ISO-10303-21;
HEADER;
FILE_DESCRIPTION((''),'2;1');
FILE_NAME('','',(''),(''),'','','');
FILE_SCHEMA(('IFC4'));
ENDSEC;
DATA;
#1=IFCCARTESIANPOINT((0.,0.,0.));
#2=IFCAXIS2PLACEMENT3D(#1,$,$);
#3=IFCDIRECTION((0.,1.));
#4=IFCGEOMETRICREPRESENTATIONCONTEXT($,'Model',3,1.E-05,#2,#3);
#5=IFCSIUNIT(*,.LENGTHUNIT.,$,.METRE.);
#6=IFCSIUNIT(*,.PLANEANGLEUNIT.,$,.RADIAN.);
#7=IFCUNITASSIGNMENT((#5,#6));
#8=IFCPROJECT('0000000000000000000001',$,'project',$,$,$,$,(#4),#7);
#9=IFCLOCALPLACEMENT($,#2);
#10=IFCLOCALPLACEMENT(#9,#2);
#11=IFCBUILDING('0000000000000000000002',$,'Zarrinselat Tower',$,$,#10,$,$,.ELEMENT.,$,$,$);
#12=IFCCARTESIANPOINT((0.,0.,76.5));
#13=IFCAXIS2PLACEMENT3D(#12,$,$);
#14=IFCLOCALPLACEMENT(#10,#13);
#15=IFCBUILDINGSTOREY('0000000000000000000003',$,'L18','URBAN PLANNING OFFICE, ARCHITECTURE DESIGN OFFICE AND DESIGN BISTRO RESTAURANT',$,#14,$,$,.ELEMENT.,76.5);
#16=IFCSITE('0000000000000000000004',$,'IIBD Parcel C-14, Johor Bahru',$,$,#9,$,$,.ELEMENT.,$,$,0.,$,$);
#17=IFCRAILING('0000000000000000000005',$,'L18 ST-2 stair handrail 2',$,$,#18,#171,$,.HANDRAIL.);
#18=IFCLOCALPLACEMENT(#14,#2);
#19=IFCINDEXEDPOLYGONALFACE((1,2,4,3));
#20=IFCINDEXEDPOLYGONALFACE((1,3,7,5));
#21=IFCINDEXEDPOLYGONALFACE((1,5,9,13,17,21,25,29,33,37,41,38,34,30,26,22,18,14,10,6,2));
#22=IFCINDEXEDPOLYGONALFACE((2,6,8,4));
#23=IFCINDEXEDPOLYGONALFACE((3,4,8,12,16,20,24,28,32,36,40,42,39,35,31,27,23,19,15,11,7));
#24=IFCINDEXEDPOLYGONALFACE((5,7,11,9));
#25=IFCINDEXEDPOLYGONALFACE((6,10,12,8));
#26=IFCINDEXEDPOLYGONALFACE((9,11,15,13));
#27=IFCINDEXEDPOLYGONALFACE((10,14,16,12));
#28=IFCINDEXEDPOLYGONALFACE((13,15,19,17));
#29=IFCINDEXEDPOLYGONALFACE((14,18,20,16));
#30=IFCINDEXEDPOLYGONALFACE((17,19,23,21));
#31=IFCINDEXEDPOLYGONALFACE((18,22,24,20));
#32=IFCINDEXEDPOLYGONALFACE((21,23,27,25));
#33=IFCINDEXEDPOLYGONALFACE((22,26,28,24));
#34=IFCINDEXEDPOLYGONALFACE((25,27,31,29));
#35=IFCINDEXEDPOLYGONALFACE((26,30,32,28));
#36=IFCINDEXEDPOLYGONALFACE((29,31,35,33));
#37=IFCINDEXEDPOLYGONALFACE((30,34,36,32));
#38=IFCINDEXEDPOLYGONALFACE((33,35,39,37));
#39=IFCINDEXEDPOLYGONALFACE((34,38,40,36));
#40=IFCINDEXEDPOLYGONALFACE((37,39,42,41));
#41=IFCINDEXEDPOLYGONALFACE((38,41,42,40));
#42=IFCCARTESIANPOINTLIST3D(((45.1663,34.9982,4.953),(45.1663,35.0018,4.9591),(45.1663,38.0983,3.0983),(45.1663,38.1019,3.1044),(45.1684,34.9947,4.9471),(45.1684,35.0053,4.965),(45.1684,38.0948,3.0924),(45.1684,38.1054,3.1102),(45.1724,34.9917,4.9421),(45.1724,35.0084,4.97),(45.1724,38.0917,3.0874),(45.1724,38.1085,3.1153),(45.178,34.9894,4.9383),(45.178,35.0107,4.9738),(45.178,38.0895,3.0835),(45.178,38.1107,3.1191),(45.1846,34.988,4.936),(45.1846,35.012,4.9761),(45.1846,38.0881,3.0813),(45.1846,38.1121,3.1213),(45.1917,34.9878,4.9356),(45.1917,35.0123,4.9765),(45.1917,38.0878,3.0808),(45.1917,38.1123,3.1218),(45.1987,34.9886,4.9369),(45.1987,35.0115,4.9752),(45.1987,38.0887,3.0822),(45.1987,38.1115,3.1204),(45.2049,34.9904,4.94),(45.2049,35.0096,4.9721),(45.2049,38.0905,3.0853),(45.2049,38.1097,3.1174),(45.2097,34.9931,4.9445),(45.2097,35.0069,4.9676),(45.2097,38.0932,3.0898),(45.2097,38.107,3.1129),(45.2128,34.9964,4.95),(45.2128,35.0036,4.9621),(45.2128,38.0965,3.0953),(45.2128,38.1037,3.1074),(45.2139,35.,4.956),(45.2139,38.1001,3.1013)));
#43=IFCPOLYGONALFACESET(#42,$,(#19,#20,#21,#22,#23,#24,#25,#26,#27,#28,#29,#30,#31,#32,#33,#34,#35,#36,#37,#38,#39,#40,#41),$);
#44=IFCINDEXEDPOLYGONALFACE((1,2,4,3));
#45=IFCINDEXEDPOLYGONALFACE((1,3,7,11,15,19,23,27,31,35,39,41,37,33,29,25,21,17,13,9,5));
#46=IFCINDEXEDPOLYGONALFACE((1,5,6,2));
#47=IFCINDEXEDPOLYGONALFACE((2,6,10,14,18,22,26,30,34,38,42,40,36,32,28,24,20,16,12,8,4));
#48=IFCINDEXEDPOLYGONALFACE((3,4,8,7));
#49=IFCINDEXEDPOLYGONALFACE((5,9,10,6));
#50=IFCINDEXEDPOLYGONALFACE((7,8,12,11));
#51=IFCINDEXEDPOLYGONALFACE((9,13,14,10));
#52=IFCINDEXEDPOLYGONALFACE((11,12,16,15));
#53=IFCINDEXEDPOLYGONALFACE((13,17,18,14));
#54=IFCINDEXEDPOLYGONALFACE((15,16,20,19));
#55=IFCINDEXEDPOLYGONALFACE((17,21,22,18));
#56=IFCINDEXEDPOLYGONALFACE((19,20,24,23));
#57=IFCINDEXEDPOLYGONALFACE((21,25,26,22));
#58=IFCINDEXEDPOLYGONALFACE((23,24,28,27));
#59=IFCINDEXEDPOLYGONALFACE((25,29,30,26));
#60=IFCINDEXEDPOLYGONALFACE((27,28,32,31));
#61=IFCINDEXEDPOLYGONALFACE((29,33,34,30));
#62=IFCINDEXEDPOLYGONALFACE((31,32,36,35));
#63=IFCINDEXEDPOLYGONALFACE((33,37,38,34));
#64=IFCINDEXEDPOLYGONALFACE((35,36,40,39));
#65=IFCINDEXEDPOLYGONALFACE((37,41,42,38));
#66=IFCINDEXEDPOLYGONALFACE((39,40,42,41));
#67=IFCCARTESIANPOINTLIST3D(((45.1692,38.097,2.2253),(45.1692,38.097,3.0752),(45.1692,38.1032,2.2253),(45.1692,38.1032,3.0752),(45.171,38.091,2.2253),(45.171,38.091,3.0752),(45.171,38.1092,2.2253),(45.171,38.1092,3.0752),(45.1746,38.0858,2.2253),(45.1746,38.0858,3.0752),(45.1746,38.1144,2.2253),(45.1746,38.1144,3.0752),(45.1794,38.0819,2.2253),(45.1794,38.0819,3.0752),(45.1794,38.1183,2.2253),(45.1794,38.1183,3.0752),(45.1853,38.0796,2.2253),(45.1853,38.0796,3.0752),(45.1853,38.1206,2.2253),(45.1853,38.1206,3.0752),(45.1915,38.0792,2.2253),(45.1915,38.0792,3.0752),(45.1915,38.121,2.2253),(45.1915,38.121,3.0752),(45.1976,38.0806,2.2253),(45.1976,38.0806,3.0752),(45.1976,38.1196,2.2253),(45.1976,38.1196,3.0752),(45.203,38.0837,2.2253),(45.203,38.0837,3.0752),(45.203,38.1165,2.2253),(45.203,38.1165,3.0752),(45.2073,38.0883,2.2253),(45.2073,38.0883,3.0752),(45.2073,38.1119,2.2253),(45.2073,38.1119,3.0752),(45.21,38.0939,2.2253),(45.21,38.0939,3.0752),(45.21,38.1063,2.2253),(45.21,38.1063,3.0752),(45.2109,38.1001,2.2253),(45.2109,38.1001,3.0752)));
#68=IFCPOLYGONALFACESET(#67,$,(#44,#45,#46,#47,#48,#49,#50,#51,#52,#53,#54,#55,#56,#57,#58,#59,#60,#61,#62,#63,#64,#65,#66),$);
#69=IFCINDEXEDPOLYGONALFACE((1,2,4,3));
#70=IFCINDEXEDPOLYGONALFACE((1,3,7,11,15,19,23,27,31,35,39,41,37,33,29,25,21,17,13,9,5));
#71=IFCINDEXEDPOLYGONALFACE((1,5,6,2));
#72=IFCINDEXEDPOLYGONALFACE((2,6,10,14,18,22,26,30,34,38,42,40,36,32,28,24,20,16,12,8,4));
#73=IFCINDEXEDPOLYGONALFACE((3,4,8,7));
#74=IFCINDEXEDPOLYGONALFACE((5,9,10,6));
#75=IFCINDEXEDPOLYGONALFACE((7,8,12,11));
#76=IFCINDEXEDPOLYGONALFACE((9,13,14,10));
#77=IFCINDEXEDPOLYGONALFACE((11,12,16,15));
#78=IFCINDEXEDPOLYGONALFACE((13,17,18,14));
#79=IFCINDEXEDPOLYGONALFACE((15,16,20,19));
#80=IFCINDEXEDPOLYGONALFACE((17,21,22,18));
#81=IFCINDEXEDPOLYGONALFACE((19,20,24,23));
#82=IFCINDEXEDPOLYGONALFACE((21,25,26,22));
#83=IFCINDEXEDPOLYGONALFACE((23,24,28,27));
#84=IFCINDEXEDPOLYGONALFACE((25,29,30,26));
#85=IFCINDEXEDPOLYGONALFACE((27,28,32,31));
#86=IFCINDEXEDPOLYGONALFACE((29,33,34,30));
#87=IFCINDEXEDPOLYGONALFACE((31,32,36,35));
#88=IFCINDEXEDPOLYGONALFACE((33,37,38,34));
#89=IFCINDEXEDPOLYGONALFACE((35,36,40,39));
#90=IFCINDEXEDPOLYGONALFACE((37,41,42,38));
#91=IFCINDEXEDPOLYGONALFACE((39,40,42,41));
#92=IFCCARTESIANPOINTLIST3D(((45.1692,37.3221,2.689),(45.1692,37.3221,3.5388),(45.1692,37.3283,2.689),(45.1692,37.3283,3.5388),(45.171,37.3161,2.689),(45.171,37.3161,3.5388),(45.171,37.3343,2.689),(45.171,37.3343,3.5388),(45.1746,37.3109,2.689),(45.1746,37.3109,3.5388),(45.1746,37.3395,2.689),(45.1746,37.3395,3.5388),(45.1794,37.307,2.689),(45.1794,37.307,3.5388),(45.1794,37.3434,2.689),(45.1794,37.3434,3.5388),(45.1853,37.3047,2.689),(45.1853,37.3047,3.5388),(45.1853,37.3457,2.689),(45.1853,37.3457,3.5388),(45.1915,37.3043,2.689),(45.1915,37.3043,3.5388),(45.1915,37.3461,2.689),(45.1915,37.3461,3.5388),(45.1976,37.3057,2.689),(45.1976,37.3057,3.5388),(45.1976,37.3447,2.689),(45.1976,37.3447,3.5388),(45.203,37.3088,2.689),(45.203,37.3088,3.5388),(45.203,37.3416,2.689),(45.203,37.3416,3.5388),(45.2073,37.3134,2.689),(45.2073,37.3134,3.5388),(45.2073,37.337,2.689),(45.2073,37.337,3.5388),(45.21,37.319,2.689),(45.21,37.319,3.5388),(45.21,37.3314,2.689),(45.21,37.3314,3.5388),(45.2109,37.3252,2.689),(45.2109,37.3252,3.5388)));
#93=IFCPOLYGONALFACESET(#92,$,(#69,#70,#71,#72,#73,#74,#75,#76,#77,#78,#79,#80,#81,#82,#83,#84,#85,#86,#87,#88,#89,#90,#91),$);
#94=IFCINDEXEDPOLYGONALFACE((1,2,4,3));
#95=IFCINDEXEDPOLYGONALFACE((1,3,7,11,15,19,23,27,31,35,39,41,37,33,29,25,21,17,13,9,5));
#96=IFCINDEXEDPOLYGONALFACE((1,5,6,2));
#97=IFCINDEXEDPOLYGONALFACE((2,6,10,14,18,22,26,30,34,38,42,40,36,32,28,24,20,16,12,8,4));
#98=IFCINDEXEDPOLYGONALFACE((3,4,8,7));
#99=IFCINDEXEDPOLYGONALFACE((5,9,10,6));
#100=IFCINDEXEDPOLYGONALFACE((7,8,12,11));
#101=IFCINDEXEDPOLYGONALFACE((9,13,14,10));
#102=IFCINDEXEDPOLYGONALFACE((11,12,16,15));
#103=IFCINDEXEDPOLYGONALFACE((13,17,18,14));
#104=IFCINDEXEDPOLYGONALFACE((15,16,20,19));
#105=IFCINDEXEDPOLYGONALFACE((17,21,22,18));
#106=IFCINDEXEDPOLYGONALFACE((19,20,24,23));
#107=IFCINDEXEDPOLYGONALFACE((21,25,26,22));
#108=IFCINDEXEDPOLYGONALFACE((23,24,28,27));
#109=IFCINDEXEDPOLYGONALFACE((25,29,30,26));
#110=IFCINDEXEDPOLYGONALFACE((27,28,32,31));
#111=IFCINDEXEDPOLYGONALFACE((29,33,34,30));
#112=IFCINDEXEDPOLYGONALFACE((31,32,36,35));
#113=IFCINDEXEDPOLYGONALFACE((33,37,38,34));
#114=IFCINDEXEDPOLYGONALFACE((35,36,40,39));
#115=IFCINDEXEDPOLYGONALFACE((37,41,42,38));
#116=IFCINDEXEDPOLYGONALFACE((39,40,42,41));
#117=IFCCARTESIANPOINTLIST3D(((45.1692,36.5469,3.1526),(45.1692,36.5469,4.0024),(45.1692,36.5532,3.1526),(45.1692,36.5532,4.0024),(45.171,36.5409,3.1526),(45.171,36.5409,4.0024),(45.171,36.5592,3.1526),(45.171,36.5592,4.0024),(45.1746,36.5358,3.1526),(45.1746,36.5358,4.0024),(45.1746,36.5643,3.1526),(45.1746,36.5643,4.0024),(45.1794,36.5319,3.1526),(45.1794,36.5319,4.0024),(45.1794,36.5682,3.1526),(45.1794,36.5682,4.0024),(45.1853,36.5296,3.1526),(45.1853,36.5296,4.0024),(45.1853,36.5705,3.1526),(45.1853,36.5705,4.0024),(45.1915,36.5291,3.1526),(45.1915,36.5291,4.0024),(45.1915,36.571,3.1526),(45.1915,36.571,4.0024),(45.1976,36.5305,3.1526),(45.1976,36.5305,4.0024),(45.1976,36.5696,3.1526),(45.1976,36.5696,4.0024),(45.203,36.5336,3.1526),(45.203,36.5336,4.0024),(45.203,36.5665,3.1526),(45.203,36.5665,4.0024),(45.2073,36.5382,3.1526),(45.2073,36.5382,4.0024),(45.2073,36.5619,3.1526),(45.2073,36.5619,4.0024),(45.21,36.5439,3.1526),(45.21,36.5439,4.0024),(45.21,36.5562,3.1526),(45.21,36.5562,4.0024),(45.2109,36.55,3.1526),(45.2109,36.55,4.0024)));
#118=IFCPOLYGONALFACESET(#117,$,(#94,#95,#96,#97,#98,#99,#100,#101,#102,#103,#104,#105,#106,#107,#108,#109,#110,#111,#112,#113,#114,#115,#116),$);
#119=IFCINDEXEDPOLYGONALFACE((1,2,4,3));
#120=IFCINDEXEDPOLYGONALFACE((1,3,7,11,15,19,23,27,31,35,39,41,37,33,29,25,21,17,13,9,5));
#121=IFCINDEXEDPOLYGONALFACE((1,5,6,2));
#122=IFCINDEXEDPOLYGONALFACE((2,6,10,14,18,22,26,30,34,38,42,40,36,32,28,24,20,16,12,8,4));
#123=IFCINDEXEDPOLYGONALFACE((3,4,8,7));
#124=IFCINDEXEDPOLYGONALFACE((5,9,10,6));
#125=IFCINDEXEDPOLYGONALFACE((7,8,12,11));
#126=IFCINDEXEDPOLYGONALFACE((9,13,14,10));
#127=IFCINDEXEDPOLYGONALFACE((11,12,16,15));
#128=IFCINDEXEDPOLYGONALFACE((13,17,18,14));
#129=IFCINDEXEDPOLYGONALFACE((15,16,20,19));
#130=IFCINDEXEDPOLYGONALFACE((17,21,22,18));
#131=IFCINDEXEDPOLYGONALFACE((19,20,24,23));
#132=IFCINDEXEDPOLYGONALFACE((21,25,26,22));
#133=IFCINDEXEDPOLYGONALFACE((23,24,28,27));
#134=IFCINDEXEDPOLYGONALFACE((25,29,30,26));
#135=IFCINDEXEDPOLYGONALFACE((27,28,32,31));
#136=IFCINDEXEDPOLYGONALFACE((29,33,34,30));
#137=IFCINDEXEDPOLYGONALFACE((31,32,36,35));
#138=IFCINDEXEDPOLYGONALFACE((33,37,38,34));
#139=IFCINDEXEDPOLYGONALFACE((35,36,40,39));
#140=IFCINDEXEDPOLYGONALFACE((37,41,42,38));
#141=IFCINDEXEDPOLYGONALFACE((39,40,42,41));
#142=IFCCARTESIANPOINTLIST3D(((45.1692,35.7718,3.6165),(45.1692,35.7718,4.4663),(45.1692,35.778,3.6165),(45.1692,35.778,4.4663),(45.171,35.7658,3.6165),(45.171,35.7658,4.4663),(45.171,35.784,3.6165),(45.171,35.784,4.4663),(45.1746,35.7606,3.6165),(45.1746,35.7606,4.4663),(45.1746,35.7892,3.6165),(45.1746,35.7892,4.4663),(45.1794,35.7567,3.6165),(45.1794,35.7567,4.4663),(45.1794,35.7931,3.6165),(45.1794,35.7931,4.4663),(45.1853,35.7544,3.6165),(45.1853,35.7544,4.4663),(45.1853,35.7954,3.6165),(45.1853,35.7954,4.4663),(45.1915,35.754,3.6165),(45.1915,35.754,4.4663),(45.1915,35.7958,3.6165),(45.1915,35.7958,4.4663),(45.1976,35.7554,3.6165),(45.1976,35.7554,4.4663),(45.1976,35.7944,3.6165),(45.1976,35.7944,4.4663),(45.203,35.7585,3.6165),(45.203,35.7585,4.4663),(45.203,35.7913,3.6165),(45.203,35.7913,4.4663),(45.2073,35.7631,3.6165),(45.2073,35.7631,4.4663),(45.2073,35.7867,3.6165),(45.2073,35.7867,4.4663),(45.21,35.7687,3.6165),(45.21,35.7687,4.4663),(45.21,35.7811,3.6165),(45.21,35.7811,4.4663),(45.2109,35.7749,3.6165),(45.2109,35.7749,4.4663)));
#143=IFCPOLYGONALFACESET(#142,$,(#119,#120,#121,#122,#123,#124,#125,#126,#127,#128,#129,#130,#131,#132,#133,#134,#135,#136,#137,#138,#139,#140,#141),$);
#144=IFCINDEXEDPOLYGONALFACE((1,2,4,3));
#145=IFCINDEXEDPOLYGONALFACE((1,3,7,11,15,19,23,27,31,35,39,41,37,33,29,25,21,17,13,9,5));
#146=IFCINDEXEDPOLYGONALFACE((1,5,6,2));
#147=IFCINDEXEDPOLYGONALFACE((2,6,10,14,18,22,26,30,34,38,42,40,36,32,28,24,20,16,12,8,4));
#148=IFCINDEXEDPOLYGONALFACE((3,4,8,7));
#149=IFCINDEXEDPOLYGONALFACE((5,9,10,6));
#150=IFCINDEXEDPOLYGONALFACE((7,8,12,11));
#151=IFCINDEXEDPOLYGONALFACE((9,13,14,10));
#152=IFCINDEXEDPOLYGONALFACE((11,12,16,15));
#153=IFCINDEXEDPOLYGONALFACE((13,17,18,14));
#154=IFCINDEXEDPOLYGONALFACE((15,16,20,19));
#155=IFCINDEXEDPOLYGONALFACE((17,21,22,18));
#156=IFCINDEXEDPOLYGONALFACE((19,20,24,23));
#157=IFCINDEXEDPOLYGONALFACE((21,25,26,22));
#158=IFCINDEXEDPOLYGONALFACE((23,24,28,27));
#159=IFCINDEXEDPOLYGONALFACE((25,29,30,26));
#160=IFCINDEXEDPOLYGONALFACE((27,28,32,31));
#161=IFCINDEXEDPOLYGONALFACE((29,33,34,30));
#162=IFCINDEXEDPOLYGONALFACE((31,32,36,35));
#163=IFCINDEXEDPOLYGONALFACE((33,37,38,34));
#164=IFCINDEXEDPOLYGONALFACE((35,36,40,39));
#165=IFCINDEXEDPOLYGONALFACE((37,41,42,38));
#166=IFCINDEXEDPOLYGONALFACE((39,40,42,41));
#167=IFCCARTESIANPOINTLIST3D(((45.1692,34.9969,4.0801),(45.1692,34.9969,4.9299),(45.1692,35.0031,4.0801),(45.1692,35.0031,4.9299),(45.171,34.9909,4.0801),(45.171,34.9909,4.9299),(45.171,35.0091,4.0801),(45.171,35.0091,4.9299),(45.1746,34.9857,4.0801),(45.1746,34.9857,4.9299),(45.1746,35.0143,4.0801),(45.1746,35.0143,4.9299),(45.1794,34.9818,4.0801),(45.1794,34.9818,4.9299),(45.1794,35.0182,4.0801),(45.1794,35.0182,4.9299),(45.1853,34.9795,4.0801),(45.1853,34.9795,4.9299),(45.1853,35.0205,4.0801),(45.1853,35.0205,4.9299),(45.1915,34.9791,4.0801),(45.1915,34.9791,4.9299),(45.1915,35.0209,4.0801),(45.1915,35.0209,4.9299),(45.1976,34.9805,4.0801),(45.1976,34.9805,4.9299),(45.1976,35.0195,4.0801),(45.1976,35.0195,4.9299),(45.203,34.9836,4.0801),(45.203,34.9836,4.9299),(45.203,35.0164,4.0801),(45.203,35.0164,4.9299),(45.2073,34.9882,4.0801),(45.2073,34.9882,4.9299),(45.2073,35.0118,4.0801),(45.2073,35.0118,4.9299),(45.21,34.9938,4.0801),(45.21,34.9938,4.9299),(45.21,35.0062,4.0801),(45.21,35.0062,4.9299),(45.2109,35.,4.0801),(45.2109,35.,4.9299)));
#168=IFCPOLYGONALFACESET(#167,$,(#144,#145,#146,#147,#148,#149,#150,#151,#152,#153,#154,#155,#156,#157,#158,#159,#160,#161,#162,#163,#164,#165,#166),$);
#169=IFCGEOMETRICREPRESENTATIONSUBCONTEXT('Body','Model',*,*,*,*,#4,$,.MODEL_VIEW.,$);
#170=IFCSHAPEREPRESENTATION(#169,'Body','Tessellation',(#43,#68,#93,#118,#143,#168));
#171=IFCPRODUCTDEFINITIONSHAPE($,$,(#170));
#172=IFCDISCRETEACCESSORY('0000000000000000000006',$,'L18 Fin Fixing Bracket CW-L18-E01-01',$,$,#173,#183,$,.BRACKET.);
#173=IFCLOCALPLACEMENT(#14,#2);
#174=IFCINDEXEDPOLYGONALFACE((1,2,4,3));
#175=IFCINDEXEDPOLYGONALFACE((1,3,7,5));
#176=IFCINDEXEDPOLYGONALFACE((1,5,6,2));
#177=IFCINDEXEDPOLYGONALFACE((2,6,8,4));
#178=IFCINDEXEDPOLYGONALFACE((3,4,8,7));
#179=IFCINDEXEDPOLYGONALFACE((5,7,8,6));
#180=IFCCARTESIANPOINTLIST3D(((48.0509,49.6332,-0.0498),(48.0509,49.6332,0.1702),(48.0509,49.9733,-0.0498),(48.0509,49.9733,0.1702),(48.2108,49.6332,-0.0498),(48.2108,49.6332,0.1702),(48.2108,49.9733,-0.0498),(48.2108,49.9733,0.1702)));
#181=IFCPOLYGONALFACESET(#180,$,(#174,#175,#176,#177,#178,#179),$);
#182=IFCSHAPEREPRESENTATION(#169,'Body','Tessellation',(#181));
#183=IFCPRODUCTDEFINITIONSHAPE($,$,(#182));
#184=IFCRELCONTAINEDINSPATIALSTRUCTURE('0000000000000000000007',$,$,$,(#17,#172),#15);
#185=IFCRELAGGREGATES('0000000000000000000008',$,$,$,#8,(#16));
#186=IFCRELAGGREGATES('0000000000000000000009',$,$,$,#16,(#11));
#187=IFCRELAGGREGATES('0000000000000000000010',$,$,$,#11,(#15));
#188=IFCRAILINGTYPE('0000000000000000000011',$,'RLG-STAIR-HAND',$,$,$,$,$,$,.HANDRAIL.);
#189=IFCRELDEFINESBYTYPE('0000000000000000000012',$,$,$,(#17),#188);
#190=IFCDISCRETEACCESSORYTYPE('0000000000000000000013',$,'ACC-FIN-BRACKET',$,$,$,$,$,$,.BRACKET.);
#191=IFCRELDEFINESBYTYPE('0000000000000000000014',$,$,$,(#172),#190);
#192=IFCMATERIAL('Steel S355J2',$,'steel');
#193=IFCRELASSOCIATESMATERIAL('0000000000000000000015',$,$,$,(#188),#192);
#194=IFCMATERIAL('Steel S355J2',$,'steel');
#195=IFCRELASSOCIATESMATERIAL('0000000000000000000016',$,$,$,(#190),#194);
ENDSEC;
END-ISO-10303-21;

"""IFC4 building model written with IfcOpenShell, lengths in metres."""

from ifc_helpers import new_model, si_unit, direction, frame, origin, origin_2d, place, context, subcontext, project, spatial, rectangle, circle, extrude, material, type_object, element, save


model = new_model("IFC4")

# Units and contexts
model_context = context("Model", 3, precision=1e-05, world=origin(), true_north=direction((0.0, 1.0)))
body_context = subcontext(model_context, "Body", "Model", "MODEL_VIEW")
ifc_project = project(units=[si_unit("LENGTHUNIT", "METRE"), si_unit("PLANEANGLEUNIT", "RADIAN")], contexts=[model_context])

# Site, building, storey
site_placement = place(None, origin())
site = spatial("IfcSite", under=ifc_project, at=site_placement, Name="IIBD Parcel C-14, Johor Bahru", CompositionType="ELEMENT", RefElevation=0.0)
building_placement = place(site_placement, origin())
building = spatial("IfcBuilding", under=site, at=building_placement, Name="Zarrinselat Tower", CompositionType="ELEMENT")
storey_placement = place(building_placement, frame((0.0, 0.0, 76.5)))
storey = spatial("IfcBuildingStorey", under=building, at=storey_placement, Name="L18", Description="URBAN PLANNING OFFICE, ARCHITECTURE DESIGN OFFICE AND DESIGN BISTRO RESTAURANT", CompositionType="ELEMENT", Elevation=76.5)

# Railing
ifc_material_1 = material(Name="Steel S355J2", Category="steel")
railing_type_1 = type_object("IfcRailingType", Name="RLG-STAIR-HAND", PredefinedType="HANDRAIL", material=ifc_material_1)
railing_1_placement = place(storey_placement, frame((45.1899, 38.1001, 2.2253)))
element("IfcRailing", 1, at=railing_1_placement, inside=storey, type_object=railing_type_1, Name="L18 ST-2 stair handrail 2", PredefinedType="HANDRAIL", context=body_context, shape_type="SweptSolid", body=[
    extrude(circle(Radius=0.0239, at=origin_2d()), frame((0.0, 0.0, 0.876), z_axis=(0.0, -0.858142, 0.513412), x_axis=(1.0, 0.0, 0.0)), (0.0, 0.0, 1.0), 3.6125),
    extrude(circle(Radius=0.021, at=origin_2d()), origin(), (0.0, 0.0, 1.0), 0.8499),
    extrude(circle(Radius=0.021, at=origin_2d()), frame((0.0, -0.7749, 0.4636)), (0.0, 0.0, 1.0), 0.8499),
    extrude(circle(Radius=0.021, at=origin_2d()), frame((0.0, -1.55, 0.9272)), (0.0, 0.0, 1.0), 0.8499),
    extrude(circle(Radius=0.021, at=origin_2d()), frame((0.0, -2.3252, 1.3911)), (0.0, 0.0, 1.0), 0.8499),
    extrude(circle(Radius=0.021, at=origin_2d()), frame((0.0, -3.1001, 1.8547)), (0.0, 0.0, 1.0), 0.8499),
])

# Discrete accessory
ifc_material_2 = material(Name="Steel S355J2", Category="steel")
discrete_accessory_type = type_object("IfcDiscreteAccessoryType", Name="ACC-FIN-BRACKET", PredefinedType="BRACKET", material=ifc_material_2)
discrete_accessory_placement = place(storey_placement, frame((48.1309, 49.8032, -0.0498), z_axis=(0.0, 0.0, 1.0), x_axis=(0.0, 1.0, 0.0)))
element("IfcDiscreteAccessory", 2, at=discrete_accessory_placement, inside=storey, type_object=discrete_accessory_type, Name="L18 Fin Fixing Bracket CW-L18-E01-01", PredefinedType="BRACKET", context=body_context, shape_type="SweptSolid", body=[
    extrude(rectangle(XDim=0.3401, YDim=0.1599, at=origin_2d()), origin(), (0.0, 0.0, 1.0), 0.22),
])

save(model, "model.ifc")
